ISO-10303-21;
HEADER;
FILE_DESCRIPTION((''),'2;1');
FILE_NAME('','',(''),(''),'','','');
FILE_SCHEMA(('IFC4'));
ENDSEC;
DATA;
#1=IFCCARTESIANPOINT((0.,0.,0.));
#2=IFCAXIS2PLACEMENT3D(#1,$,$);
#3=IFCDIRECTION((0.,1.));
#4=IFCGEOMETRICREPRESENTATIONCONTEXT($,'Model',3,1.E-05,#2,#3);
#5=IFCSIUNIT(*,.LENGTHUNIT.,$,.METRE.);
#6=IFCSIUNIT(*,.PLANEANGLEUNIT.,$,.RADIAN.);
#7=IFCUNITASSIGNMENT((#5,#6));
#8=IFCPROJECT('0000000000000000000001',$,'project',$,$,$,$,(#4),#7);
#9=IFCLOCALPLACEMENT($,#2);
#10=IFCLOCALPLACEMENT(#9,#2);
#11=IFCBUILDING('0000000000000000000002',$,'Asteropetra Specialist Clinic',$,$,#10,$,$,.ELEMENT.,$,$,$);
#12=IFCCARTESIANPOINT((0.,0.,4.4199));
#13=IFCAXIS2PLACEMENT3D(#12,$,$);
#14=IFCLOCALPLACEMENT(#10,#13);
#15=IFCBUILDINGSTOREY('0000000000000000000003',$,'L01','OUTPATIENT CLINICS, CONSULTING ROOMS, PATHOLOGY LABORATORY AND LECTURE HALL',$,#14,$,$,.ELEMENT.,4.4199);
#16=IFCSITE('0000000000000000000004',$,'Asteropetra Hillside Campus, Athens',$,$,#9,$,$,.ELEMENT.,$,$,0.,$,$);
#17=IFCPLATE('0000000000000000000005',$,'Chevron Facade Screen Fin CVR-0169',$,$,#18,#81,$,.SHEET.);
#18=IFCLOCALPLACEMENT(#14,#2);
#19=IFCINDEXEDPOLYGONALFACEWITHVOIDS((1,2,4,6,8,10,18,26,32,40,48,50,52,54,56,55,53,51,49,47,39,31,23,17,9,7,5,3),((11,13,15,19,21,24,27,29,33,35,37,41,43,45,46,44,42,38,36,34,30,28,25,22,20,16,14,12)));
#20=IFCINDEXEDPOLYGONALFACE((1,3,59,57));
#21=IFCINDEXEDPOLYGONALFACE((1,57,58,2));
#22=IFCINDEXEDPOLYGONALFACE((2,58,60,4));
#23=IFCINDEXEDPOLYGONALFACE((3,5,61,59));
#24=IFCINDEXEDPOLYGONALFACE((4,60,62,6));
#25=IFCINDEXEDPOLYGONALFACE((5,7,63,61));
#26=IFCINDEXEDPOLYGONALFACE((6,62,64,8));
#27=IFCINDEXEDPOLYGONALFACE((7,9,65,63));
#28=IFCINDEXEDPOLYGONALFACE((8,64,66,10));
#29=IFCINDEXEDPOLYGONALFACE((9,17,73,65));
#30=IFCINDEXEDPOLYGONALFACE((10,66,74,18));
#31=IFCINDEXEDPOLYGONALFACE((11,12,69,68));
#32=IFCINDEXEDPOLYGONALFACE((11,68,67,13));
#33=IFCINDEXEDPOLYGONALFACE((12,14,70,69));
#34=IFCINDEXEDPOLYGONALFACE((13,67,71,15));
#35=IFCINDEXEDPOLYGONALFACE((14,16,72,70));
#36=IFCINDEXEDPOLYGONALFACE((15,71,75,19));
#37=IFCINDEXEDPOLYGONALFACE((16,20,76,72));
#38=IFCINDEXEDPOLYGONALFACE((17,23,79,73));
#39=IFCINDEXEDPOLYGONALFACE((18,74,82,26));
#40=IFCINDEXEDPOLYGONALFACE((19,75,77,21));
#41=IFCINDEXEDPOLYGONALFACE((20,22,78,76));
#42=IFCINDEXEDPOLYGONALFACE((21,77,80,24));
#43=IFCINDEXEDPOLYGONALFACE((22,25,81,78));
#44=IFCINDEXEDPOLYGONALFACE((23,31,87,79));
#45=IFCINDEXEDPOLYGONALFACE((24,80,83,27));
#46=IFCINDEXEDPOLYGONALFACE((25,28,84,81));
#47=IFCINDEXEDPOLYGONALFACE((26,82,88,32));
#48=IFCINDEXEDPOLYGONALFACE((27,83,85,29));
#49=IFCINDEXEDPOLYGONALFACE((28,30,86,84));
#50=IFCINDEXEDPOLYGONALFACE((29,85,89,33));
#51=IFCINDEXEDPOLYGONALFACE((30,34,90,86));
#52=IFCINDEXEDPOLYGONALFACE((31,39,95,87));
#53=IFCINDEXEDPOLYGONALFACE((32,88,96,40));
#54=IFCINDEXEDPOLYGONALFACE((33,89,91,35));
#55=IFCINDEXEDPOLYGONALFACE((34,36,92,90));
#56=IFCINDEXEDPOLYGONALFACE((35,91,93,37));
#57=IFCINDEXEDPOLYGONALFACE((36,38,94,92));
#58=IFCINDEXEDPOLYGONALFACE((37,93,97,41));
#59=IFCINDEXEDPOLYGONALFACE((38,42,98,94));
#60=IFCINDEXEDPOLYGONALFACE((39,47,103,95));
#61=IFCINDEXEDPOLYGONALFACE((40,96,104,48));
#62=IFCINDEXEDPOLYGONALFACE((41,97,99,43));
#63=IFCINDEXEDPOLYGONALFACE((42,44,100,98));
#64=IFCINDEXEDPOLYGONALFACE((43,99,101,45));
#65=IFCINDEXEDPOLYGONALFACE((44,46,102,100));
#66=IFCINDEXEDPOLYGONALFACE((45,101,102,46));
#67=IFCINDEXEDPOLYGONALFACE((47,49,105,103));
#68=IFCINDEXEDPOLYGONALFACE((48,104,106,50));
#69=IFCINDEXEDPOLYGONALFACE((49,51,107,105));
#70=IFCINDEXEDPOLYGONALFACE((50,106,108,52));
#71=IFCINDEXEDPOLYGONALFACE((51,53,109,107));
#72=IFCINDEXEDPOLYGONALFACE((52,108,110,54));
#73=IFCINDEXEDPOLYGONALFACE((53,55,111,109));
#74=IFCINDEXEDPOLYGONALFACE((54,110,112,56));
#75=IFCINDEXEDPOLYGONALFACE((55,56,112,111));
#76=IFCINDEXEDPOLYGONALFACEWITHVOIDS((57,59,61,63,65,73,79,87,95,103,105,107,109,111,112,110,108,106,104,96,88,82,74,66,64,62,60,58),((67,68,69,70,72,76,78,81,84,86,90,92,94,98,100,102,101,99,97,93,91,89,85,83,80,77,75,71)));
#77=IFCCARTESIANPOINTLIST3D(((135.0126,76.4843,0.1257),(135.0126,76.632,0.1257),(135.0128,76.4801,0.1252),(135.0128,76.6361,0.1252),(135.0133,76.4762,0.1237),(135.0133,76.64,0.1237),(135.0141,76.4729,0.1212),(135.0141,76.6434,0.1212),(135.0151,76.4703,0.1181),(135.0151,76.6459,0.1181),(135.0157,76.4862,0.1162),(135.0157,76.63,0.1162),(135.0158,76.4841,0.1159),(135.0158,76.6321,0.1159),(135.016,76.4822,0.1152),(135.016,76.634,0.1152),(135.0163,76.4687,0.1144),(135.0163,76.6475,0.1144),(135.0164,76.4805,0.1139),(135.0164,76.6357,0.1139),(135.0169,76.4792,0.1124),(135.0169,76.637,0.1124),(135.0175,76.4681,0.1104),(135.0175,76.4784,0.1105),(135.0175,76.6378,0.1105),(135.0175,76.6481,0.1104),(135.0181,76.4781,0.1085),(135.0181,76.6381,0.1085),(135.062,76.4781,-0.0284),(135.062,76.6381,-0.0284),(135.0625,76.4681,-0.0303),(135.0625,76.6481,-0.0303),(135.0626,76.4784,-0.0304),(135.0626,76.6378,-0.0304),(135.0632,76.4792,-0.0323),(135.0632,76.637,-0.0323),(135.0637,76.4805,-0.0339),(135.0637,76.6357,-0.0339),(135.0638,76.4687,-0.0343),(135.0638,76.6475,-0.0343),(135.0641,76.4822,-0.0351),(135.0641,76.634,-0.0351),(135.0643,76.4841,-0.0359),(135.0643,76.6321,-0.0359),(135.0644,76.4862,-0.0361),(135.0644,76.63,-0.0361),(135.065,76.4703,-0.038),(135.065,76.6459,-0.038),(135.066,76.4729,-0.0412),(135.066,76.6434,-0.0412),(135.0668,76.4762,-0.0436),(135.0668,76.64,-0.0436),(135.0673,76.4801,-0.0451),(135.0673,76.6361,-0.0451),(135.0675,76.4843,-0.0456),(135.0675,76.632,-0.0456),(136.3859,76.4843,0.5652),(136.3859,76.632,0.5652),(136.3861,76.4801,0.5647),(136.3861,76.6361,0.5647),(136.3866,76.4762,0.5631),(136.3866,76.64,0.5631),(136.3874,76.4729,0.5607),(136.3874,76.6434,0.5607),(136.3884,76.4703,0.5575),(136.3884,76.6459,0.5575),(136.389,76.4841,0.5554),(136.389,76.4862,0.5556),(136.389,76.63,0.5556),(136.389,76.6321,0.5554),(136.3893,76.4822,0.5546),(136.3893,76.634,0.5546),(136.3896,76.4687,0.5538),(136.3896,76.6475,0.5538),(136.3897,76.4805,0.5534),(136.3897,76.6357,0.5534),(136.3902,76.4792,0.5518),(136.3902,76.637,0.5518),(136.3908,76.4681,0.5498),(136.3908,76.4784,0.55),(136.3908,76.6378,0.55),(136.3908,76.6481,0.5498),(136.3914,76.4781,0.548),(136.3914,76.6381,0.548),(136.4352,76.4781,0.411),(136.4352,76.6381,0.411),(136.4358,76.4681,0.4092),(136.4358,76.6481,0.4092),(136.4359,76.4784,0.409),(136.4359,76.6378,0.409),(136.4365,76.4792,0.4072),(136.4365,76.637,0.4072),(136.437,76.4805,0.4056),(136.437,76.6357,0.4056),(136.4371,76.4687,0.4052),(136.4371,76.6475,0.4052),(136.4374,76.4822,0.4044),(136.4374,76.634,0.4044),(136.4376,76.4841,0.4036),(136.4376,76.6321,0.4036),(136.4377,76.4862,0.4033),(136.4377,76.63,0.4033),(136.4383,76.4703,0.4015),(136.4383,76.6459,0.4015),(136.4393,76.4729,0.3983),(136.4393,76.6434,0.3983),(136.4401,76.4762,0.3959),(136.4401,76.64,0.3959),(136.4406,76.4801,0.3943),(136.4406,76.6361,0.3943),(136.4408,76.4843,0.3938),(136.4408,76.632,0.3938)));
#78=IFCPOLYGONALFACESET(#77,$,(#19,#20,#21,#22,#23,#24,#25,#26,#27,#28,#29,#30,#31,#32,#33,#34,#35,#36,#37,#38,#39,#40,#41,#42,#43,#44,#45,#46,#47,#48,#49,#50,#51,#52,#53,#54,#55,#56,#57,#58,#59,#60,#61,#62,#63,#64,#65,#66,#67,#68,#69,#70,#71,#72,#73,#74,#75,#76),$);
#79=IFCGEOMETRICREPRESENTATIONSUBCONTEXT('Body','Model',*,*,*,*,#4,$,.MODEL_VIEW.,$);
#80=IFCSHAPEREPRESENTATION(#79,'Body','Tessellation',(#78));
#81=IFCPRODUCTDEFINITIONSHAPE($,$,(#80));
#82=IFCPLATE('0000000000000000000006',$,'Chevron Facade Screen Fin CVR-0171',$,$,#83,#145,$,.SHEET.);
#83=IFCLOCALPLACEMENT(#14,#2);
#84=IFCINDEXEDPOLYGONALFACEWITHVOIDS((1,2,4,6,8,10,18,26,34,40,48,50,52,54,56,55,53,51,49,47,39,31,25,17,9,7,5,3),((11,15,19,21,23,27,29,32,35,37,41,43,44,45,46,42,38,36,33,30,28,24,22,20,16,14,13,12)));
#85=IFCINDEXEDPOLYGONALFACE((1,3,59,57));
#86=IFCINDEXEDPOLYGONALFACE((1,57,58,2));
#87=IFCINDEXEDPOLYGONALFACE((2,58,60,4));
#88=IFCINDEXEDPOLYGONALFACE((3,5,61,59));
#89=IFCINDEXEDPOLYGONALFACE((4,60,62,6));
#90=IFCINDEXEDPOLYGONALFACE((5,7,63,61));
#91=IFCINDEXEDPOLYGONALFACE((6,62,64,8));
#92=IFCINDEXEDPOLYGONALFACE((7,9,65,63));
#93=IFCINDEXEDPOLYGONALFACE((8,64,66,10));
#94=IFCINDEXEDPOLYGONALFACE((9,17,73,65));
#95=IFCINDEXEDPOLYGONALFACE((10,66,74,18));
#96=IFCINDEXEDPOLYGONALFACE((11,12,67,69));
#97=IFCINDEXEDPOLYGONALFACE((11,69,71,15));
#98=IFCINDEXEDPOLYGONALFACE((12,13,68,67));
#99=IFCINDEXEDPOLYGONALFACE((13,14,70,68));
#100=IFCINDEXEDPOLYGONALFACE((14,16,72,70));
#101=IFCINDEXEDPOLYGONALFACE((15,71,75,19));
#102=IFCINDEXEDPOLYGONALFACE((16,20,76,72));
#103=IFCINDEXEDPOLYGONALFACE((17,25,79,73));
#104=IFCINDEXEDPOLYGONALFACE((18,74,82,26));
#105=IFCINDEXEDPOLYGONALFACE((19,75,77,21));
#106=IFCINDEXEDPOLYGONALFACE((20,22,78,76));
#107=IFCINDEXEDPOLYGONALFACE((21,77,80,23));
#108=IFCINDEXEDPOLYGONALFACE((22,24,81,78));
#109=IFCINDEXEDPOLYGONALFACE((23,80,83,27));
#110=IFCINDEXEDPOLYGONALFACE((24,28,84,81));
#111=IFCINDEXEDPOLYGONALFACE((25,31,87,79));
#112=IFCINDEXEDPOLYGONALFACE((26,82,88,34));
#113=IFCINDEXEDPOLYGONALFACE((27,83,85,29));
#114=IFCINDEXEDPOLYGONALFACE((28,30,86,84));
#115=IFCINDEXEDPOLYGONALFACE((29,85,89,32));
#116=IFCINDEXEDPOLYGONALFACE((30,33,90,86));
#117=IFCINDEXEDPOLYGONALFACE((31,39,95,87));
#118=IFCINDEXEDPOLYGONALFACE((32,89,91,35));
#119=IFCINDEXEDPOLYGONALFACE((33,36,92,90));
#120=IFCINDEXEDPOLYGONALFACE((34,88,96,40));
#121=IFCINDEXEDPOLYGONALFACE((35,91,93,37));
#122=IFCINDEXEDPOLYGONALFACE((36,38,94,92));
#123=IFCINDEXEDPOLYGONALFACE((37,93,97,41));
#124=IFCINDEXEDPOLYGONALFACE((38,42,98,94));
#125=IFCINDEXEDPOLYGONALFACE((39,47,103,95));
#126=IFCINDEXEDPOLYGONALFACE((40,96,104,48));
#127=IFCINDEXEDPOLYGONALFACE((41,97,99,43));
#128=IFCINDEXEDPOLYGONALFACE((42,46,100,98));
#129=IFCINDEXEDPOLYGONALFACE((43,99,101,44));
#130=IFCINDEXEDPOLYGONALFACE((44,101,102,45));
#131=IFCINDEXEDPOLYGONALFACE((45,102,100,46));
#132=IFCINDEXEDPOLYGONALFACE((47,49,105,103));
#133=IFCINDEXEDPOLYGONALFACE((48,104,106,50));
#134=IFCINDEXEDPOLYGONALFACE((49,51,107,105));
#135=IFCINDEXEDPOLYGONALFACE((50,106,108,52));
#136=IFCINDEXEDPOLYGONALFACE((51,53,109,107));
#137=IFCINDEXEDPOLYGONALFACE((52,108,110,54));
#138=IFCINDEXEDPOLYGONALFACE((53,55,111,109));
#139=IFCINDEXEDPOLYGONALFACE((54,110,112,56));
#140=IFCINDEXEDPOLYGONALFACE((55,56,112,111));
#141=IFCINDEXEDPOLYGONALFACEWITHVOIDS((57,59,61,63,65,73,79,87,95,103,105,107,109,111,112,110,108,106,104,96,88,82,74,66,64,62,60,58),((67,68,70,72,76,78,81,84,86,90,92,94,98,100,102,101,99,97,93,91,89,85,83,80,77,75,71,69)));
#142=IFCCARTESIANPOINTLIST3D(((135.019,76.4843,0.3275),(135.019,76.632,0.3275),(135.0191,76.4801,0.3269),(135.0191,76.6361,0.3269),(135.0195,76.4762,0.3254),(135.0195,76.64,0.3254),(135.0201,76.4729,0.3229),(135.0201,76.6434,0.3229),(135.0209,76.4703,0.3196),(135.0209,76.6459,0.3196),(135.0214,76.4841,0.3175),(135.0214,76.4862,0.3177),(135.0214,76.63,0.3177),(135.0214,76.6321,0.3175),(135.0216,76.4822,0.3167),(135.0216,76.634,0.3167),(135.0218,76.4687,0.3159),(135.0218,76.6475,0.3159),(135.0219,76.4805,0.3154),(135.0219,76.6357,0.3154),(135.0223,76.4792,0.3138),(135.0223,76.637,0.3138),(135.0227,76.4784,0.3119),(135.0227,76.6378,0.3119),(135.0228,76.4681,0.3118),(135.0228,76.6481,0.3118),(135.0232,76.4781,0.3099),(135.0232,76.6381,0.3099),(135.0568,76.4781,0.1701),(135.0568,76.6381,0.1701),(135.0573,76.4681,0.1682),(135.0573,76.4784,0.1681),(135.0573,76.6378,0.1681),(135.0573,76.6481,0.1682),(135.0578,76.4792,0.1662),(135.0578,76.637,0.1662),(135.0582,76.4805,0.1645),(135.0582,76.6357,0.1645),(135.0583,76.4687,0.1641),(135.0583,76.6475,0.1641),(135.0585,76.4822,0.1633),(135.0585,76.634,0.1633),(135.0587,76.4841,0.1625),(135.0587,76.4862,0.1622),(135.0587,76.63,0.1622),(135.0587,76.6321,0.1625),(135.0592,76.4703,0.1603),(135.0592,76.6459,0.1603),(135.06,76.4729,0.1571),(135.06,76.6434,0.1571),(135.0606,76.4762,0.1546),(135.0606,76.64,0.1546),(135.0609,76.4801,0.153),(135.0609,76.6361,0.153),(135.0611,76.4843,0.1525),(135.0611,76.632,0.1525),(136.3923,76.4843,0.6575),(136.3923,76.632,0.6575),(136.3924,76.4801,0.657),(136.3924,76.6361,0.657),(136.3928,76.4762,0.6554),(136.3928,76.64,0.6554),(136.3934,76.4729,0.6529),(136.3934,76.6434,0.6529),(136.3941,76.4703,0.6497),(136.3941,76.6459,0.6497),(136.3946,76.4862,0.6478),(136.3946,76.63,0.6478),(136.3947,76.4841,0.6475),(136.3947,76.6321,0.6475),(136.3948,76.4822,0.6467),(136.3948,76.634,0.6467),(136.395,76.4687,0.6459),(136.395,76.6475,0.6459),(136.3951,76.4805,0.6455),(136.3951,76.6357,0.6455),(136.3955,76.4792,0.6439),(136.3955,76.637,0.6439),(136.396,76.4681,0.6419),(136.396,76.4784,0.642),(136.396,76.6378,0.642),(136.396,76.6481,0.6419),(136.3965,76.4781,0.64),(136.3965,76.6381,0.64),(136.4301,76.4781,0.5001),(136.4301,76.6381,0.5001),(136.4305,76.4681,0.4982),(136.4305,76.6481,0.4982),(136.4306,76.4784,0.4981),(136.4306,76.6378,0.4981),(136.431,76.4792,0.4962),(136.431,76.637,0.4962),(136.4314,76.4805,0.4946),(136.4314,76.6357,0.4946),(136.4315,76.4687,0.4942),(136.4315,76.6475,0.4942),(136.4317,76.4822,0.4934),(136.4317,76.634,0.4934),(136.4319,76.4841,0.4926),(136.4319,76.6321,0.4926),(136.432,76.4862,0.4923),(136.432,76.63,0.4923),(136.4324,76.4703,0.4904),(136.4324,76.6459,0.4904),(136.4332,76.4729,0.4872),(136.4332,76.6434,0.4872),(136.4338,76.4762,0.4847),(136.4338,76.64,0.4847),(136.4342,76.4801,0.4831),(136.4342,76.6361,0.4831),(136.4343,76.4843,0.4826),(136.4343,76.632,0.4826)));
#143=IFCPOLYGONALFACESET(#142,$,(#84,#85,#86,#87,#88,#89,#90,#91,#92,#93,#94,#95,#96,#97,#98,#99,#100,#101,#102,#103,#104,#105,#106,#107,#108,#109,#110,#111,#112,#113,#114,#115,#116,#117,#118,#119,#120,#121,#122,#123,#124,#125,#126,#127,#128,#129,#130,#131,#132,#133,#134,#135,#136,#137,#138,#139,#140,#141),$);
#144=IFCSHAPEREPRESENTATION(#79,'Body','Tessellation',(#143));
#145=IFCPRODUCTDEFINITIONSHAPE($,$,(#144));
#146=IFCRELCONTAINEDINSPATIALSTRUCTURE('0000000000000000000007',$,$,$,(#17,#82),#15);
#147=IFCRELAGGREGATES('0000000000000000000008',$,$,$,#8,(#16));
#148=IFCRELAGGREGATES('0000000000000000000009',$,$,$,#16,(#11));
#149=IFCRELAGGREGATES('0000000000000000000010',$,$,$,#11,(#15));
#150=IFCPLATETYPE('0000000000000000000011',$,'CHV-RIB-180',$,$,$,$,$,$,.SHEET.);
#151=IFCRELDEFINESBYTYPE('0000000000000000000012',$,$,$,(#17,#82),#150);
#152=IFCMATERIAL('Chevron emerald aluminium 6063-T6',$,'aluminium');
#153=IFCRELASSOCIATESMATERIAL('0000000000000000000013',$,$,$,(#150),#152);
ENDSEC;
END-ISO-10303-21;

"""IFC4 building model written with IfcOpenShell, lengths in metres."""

from ifc_helpers import new_model, si_unit, direction, frame, origin, origin_2d, place, context, subcontext, project, spatial, hollow_rectangle, extrude, material, material_profile, profile_set, type_object, element, save


model = new_model("IFC4")

# Units and contexts
model_context = context("Model", 3, precision=1e-05, world=origin(), true_north=direction((0.0, 1.0)))
body_context = subcontext(model_context, "Body", "Model", "MODEL_VIEW")
ifc_project = project(units=[si_unit("LENGTHUNIT", "METRE"), si_unit("PLANEANGLEUNIT", "RADIAN")], contexts=[model_context])

# Site, building, storey
site_placement = place(None, origin())
site = spatial("IfcSite", under=ifc_project, at=site_placement, Name="Asteropetra Hillside Campus, Athens", CompositionType="ELEMENT", RefElevation=0.0)
building_placement = place(site_placement, origin())
building = spatial("IfcBuilding", under=site, at=building_placement, Name="Asteropetra Specialist Clinic", CompositionType="ELEMENT")
storey_placement = place(building_placement, frame((0.0, 0.0, 4.4199)))
storey = spatial("IfcBuildingStorey", under=building, at=storey_placement, Name="L01", Description="OUTPATIENT CLINICS, CONSULTING ROOMS, PATHOLOGY LABORATORY AND LECTURE HALL", CompositionType="ELEMENT", Elevation=4.4199)

# Plates
ifc_material_1 = material(Name="Chevron emerald aluminium 6063-T6", Category="aluminium")
ifc_material_profile_1 = material_profile(ifc_material_1, hollow_rectangle(XDim=0.1799, YDim=0.1799, WallThickness=0.01, InnerFilletRadius=0.0081, OuterFilletRadius=0.0161, at=origin_2d()), Name="SHS 180x180x10.0")
ifc_profile_set_1 = profile_set([ifc_material_profile_1], Name="Chevron emerald aluminium 6063-T6")
plate_type_1 = type_object("IfcPlateType", Name="CHV-RIB-180", PredefinedType="SHEET", material=ifc_profile_set_1)
plate_1_placement = place(storey_placement, frame((135.04, 76.5581, 0.04), z_axis=(0.952424, 0.0, 0.304776), x_axis=(0.0, 1.0, 0.0)))
element("IfcPlate", 1, at=plate_1_placement, inside=storey, type_object=plate_type_1, Name="Chevron Facade Screen Fin CVR-0169", PredefinedType="SHEET", context=body_context, shape_type="SweptSolid", body=[
    extrude(hollow_rectangle(XDim=0.1799, YDim=0.1799, WallThickness=0.01, InnerFilletRadius=0.0081, OuterFilletRadius=0.0161, at=origin_2d()), origin(), (0.0, 0.0, 1.0), 1.4419),
])
plate_2_placement = place(storey_placement, frame((135.04, 76.5581, 0.24), z_axis=(0.972309, 0.0, 0.2337), x_axis=(0.0, 1.0, 0.0)))
element("IfcPlate", 2, at=plate_2_placement, inside=storey, type_object=plate_type_1, Name="Chevron Facade Screen Fin CVR-0171", PredefinedType="SHEET", context=body_context, shape_type="SweptSolid", body=[
    extrude(hollow_rectangle(XDim=0.1799, YDim=0.1799, WallThickness=0.01, InnerFilletRadius=0.0081, OuterFilletRadius=0.0161, at=origin_2d()), origin(), (0.0, 0.0, 1.0), 1.4124),
])

save(model, "model.ifc")
